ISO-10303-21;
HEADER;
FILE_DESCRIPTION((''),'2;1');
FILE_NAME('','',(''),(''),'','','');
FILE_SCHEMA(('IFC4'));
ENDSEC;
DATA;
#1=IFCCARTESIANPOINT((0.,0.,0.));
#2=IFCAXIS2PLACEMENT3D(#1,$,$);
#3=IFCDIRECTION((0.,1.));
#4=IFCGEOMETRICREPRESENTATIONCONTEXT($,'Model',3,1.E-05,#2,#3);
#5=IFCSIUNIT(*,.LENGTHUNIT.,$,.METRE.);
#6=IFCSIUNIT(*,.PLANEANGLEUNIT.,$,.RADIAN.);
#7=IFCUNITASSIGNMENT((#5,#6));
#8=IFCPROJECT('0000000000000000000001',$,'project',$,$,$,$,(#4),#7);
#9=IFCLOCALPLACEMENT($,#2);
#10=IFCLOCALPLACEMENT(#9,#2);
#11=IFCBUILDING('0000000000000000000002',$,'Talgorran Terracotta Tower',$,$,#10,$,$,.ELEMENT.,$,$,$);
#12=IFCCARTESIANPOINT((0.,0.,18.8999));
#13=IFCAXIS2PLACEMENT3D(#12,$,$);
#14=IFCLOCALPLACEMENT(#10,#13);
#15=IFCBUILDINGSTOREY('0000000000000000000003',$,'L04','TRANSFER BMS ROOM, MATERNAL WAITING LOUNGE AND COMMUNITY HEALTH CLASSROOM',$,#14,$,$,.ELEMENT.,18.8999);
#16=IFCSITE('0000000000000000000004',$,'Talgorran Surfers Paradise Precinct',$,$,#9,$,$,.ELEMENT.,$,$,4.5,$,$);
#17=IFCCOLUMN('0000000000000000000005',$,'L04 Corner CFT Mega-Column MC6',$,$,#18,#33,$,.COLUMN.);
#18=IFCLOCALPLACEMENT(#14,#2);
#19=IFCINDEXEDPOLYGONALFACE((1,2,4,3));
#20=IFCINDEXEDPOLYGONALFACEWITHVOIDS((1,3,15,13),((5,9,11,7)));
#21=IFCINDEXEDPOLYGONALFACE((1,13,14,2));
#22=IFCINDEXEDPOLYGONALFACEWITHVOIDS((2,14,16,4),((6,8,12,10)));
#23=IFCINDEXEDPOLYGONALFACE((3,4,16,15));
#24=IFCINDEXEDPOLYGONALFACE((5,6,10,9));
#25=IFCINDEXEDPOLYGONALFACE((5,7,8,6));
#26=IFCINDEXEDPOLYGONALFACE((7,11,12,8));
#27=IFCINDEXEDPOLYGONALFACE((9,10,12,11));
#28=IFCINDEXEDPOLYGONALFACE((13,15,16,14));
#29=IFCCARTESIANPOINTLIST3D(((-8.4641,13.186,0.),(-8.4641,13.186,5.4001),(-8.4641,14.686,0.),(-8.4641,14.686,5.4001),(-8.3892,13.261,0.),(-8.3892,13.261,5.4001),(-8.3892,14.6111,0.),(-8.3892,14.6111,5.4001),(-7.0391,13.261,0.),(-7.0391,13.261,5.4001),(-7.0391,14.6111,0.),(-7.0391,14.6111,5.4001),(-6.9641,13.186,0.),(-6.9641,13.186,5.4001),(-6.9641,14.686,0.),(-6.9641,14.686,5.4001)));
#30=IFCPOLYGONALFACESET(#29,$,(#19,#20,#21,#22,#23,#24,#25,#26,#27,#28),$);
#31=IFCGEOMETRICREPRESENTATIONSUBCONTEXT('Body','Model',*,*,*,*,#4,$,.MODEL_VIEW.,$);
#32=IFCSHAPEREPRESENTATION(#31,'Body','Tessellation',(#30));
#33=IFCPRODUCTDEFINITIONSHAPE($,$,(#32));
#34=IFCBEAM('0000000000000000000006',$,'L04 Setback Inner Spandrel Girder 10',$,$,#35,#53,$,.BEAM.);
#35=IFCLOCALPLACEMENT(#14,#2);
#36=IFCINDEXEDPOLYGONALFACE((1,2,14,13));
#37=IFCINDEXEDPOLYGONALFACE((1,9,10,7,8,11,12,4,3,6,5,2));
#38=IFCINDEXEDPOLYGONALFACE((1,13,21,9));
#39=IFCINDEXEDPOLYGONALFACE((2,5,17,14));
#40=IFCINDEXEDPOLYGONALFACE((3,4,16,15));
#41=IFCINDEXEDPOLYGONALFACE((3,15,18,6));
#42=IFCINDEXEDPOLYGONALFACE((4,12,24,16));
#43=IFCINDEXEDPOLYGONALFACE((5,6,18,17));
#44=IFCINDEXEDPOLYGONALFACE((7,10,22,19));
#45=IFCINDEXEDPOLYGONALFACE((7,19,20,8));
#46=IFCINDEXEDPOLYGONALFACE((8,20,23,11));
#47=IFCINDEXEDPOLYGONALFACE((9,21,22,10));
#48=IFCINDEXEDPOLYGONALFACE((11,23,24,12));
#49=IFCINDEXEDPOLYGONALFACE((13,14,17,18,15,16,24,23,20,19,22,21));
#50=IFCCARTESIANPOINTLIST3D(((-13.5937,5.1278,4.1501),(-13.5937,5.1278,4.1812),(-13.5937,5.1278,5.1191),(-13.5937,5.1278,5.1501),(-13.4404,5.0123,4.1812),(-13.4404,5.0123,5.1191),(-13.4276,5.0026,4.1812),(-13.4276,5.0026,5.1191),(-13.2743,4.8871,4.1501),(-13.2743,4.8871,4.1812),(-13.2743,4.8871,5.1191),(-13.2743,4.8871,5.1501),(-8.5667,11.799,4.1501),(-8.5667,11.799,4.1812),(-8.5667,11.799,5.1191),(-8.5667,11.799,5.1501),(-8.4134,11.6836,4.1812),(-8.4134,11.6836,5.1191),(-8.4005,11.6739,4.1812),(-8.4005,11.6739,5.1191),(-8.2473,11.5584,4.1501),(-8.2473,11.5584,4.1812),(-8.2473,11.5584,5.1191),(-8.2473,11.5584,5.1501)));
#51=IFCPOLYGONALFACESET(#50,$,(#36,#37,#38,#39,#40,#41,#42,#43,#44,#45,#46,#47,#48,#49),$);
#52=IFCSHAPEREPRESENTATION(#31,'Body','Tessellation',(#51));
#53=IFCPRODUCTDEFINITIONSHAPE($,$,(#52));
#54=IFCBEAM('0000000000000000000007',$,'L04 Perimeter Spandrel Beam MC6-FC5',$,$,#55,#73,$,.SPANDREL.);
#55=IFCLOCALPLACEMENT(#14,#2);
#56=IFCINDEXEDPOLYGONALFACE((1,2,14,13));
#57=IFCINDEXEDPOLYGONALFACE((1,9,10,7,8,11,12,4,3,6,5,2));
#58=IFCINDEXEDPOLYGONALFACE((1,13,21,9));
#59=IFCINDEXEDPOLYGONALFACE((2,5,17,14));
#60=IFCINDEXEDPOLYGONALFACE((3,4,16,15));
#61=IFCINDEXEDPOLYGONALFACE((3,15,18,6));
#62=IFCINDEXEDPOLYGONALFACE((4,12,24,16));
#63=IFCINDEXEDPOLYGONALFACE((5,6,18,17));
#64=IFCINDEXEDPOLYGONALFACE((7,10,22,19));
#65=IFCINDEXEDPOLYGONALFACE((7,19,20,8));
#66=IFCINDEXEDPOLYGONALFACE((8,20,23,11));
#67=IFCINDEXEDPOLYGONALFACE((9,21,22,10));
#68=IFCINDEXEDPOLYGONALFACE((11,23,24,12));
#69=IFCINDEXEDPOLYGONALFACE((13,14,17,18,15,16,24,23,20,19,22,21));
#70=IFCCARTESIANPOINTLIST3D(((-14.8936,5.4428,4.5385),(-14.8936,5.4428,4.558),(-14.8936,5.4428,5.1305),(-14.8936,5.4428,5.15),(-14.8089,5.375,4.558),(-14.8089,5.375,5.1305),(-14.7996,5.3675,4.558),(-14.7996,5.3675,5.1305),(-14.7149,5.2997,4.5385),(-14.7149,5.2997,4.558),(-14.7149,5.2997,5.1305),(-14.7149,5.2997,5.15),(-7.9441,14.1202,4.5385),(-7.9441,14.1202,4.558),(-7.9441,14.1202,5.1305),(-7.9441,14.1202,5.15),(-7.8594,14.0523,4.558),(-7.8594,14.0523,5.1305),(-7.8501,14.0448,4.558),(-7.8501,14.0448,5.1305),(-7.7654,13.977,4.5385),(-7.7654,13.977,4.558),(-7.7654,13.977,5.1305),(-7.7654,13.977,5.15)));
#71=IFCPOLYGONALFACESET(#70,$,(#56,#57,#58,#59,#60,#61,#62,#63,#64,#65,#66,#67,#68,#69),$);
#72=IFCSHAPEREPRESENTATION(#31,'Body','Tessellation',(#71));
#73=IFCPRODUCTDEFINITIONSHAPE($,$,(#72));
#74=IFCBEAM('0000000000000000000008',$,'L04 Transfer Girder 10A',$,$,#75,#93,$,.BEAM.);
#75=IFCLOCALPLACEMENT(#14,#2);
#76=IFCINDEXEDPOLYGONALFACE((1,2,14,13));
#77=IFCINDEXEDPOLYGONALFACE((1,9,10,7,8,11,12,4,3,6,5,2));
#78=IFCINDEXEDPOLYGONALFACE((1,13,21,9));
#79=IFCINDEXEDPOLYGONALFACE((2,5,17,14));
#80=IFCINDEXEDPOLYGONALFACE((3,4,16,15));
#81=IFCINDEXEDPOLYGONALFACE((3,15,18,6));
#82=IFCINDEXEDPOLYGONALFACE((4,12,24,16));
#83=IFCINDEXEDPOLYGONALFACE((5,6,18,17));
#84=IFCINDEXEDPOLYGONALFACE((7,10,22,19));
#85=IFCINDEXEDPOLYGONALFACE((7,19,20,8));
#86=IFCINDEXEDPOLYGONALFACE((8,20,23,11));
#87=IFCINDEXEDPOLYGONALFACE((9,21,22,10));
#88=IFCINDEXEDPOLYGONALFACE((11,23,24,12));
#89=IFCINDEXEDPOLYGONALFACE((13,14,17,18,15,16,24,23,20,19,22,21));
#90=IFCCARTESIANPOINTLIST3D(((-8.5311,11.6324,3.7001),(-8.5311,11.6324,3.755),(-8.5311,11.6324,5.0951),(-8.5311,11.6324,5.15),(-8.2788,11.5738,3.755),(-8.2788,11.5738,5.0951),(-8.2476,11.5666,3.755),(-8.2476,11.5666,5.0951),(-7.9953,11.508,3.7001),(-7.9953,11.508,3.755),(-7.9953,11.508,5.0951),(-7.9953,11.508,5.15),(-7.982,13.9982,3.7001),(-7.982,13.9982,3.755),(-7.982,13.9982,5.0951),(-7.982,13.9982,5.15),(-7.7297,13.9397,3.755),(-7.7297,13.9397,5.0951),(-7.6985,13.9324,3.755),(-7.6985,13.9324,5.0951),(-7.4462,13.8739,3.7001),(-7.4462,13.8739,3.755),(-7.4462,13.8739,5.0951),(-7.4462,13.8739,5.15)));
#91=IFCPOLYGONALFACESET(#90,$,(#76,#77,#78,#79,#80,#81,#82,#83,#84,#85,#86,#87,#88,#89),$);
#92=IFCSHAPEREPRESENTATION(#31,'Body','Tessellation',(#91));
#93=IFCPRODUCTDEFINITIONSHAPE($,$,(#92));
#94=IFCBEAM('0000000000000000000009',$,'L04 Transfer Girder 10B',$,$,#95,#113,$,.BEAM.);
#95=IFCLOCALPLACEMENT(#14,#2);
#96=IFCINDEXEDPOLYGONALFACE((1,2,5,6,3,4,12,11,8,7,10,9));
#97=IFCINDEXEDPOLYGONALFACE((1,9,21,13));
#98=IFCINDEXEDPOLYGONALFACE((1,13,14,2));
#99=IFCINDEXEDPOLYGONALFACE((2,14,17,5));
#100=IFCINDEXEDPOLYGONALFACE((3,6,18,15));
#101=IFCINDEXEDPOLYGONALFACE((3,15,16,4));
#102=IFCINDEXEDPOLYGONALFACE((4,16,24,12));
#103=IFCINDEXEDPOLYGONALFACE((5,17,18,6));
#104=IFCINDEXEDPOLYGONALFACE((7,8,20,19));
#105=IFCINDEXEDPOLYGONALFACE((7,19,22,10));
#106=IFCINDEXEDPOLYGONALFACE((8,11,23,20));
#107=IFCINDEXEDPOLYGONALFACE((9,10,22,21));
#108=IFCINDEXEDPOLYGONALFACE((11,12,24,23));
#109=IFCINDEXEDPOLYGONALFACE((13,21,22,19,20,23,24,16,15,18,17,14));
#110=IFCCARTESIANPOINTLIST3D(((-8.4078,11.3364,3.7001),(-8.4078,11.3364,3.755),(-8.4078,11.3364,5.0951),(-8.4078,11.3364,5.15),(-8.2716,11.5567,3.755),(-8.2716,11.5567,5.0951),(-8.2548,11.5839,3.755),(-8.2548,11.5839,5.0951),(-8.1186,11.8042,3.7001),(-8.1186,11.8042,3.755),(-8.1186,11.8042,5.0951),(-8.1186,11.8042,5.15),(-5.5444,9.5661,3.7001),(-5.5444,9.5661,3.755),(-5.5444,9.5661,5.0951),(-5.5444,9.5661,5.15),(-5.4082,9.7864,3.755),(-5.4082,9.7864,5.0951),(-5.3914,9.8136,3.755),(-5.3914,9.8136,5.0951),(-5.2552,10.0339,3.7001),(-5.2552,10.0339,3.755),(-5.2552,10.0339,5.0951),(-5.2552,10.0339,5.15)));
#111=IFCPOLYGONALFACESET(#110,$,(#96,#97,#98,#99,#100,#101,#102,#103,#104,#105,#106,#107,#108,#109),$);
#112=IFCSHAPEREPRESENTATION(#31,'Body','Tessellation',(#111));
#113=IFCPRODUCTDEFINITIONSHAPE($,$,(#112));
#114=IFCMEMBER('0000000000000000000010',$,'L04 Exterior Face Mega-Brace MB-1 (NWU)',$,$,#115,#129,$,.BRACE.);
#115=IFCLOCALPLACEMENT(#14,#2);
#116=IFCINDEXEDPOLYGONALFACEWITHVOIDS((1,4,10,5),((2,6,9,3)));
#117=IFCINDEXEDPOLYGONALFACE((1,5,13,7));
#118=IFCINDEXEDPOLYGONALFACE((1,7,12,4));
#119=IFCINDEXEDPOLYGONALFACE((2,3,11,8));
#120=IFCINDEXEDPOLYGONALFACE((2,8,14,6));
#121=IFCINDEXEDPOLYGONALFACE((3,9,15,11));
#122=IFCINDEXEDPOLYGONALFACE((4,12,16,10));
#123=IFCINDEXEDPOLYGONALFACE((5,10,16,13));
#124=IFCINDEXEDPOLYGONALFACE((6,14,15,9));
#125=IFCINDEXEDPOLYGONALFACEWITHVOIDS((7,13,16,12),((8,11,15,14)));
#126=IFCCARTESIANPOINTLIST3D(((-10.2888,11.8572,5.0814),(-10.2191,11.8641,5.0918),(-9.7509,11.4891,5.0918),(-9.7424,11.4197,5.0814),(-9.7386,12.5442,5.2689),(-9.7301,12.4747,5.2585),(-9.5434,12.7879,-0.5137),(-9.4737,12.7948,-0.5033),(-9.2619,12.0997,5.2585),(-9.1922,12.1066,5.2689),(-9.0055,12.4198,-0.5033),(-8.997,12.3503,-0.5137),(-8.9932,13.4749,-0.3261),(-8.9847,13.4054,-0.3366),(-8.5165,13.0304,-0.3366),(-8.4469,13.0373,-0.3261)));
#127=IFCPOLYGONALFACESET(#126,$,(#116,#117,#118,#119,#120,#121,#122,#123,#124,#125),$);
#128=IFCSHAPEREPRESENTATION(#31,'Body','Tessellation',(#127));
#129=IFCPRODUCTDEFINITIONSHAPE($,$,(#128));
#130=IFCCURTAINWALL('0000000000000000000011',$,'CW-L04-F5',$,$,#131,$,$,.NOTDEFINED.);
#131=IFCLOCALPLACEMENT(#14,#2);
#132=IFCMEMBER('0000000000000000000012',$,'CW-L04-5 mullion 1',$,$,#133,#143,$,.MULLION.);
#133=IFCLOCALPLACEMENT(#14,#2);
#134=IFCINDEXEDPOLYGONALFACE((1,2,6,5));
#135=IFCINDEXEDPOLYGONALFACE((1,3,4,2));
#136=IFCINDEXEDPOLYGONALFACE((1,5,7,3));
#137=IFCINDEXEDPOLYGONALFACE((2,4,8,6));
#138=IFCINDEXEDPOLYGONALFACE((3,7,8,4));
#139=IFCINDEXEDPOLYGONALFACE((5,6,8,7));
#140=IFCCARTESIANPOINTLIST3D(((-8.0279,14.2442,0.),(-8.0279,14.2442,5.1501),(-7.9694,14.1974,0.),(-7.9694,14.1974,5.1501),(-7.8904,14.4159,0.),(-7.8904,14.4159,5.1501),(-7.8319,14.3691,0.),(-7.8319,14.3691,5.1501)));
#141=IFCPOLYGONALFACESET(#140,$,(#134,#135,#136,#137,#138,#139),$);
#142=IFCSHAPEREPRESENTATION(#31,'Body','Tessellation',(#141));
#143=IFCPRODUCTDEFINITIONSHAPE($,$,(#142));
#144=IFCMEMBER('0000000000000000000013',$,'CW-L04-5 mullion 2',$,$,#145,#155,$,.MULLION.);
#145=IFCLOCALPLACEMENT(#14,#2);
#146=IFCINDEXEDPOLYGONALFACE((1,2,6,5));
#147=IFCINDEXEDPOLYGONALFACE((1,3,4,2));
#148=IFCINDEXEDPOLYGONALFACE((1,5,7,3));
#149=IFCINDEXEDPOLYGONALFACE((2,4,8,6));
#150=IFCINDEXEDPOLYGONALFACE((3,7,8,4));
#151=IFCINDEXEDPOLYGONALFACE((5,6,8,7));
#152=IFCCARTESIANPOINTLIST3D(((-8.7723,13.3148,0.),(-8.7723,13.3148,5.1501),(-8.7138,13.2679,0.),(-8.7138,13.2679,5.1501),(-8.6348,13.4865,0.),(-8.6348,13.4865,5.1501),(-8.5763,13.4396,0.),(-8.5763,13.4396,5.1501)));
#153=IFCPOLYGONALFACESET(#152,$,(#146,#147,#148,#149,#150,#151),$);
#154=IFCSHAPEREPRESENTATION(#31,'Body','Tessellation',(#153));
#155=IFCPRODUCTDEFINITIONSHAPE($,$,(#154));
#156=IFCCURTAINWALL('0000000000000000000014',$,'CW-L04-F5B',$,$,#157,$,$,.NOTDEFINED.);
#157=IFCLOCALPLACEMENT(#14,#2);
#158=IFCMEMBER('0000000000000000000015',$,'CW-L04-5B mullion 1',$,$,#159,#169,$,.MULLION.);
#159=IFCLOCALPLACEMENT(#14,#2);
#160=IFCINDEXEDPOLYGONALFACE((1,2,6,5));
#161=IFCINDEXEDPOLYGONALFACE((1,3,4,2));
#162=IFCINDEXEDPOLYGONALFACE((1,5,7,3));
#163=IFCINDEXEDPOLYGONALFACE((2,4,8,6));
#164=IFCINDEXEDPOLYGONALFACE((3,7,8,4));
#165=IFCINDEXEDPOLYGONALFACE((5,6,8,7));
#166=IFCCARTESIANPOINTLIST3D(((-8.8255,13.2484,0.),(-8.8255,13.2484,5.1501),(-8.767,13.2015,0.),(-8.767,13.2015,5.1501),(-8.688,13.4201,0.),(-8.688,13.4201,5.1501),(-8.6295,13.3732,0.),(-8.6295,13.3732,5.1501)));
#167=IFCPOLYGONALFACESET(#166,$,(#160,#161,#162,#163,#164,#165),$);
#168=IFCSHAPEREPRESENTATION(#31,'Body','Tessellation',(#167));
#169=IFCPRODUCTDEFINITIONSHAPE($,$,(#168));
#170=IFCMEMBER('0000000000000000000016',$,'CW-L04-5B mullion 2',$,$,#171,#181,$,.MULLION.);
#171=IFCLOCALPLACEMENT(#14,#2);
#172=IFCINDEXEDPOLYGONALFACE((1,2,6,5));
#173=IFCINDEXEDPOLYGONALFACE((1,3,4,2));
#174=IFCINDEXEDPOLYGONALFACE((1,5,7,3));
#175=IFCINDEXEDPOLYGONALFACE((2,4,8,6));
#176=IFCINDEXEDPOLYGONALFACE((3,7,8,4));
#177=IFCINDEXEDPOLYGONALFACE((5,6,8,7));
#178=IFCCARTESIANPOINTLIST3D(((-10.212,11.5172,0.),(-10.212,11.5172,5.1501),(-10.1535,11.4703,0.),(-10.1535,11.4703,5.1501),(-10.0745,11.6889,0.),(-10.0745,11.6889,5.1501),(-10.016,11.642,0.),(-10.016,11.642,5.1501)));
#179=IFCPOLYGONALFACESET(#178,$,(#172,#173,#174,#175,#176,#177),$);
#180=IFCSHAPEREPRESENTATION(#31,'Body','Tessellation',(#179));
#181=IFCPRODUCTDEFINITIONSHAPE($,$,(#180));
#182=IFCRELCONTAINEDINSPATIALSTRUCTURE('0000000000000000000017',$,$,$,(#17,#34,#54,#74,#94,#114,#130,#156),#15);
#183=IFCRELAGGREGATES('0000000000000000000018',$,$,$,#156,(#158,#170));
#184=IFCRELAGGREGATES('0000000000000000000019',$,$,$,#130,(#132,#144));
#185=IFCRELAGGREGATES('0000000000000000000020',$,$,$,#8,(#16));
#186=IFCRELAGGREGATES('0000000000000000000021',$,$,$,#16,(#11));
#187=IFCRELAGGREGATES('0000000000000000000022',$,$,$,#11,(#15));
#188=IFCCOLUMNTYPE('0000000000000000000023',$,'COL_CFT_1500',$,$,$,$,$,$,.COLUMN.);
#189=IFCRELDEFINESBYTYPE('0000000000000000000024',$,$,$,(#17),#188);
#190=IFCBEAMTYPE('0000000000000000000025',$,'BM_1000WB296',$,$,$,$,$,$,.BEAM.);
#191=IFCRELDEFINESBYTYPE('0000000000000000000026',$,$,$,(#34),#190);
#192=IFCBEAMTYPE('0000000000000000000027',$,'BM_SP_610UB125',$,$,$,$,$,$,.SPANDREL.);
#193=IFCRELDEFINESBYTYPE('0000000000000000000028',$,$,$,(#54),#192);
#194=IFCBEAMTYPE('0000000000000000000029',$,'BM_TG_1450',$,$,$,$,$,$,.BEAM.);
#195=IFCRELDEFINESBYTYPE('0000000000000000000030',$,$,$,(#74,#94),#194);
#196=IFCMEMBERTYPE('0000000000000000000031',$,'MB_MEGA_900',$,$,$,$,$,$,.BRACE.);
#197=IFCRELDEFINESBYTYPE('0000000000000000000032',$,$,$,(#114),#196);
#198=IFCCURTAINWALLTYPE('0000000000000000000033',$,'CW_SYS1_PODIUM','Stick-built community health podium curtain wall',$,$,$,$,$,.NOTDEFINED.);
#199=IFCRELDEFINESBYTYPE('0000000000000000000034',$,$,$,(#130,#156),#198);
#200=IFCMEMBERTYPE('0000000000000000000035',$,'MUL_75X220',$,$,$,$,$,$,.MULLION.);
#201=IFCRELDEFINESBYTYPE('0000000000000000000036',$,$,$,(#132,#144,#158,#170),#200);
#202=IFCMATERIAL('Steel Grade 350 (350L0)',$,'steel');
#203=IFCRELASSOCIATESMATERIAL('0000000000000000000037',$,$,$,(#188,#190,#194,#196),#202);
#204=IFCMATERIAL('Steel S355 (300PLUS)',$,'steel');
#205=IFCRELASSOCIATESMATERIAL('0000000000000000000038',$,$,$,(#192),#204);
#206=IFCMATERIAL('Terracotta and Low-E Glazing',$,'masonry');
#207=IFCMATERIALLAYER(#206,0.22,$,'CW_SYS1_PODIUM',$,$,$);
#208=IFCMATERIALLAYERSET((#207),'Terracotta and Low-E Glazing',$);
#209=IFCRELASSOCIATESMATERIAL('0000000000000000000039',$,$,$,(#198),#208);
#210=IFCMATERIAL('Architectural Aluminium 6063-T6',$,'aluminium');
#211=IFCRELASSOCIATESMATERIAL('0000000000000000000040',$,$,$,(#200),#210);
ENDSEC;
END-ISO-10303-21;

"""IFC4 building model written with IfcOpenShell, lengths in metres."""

from ifc_helpers import new_model, si_unit, direction, frame, origin, origin_2d, place, context, subcontext, project, spatial, rectangle, hollow_rectangle, i_section, extrude, material, layer, layer_set, material_profile, profile_set, type_object, element, aggregate, save


model = new_model("IFC4")

# Units and contexts
model_context = context("Model", 3, precision=1e-05, world=origin(), true_north=direction((0.0, 1.0)))
body_context = subcontext(model_context, "Body", "Model", "MODEL_VIEW")
ifc_project = project(units=[si_unit("LENGTHUNIT", "METRE"), si_unit("PLANEANGLEUNIT", "RADIAN")], contexts=[model_context])

# Site, building, storey
site_placement = place(None, origin())
site = spatial("IfcSite", under=ifc_project, at=site_placement, Name="Talgorran Surfers Paradise Precinct", CompositionType="ELEMENT", RefElevation=4.5)
building_placement = place(site_placement, origin())
building = spatial("IfcBuilding", under=site, at=building_placement, Name="Talgorran Terracotta Tower", CompositionType="ELEMENT")
storey_placement = place(building_placement, frame((0.0, 0.0, 18.8999)))
storey = spatial("IfcBuildingStorey", under=building, at=storey_placement, Name="L04", Description="TRANSFER BMS ROOM, MATERNAL WAITING LOUNGE AND COMMUNITY HEALTH CLASSROOM", CompositionType="ELEMENT", Elevation=18.8999)

# Column
ifc_material_1 = material(Name="Steel Grade 350 (350L0)", Category="steel")
ifc_material_profile_1 = material_profile(ifc_material_1, hollow_rectangle(XDim=1.5, YDim=1.5, WallThickness=0.075, at=origin_2d()), Name="CFT1500X1500X75")
ifc_profile_set_1 = profile_set([ifc_material_profile_1], Name="Steel Grade 350 (350L0)")
column_type = type_object("IfcColumnType", Name="COL_CFT_1500", PredefinedType="COLUMN", material=ifc_profile_set_1)
column_placement = place(storey_placement, frame((-7.7141, 13.936, 0.0), z_axis=(0.0, 0.0, 1.0), x_axis=(1.0, 0.0, 0.0)))
element("IfcColumn", 1, at=column_placement, inside=storey, type_object=column_type, Name="L04 Corner CFT Mega-Column MC6", PredefinedType="COLUMN", context=body_context, shape_type="SweptSolid", body=[
    extrude(hollow_rectangle(XDim=1.5, YDim=1.5, WallThickness=0.075, at=origin_2d()), origin(), (0.0, 0.0, 1.0), 5.4001),
])

# Beams
ifc_material_profile_2 = material_profile(ifc_material_1, i_section(OverallWidth=0.3999, OverallDepth=1.0, WebThickness=0.0161, FlangeThickness=0.031, at=origin_2d()), Name="1000WB296")
ifc_profile_set_2 = profile_set([ifc_material_profile_2], Name="Steel Grade 350 (350L0)")
beam_type_1 = type_object("IfcBeamType", Name="BM_1000WB296", PredefinedType="BEAM", material=ifc_profile_set_2)
beam_1_placement = place(storey_placement, frame((-8.407, 11.6787, 4.6501), z_axis=(-0.601804, -0.798644, 0.0), x_axis=(0.798644, -0.601804, 0.0)))
element("IfcBeam", 2, at=beam_1_placement, inside=storey, type_object=beam_type_1, Name="L04 Setback Inner Spandrel Girder 10", PredefinedType="BEAM", context=body_context, shape_type="SweptSolid", body=[
    extrude(i_section(OverallWidth=0.3999, OverallDepth=1.0, WebThickness=0.0161, FlangeThickness=0.031, at=origin_2d()), origin(), (0.0, 0.0, 1.0), 8.3533),
])
ifc_material_2 = material(Name="Steel S355 (300PLUS)", Category="steel")
ifc_material_profile_3 = material_profile(ifc_material_2, i_section(OverallWidth=0.229, OverallDepth=0.6116, WebThickness=0.012, FlangeThickness=0.0195, at=origin_2d()), Name="610UB125")
ifc_profile_set_3 = profile_set([ifc_material_profile_3], Name="Steel S355 (300PLUS)")
beam_type_2 = type_object("IfcBeamType", Name="BM_SP_610UB125", PredefinedType="SPANDREL", material=ifc_profile_set_3)
beam_2_placement = place(storey_placement, frame((-7.8547, 14.0486, 4.8442), z_axis=(-0.625115, -0.780532, 0.0), x_axis=(0.780532, -0.625115, 0.0)))
element("IfcBeam", 3, at=beam_2_placement, inside=storey, type_object=beam_type_2, Name="L04 Perimeter Spandrel Beam MC6-FC5", PredefinedType="SPANDREL", context=body_context, shape_type="SweptSolid", body=[
    extrude(i_section(OverallWidth=0.229, OverallDepth=0.6116, WebThickness=0.012, FlangeThickness=0.0195, at=origin_2d()), origin(), (0.0, 0.0, 1.0), 11.1172),
])
ifc_material_profile_4 = material_profile(ifc_material_1, i_section(OverallWidth=0.55, OverallDepth=1.45, WebThickness=0.032, FlangeThickness=0.0549, at=origin_2d()), Name="TG1450X550")
ifc_profile_set_4 = profile_set([ifc_material_profile_4], Name="Steel Grade 350 (350L0)")
beam_type_3 = type_object("IfcBeamType", Name="BM_TG_1450", PredefinedType="BEAM", material=ifc_profile_set_4)
beam_3_placement = place(storey_placement, frame((-7.7141, 13.936, 4.425), z_axis=(-0.226085, -0.974107, 0.0), x_axis=(0.974107, -0.226085, 0.0)))
element("IfcBeam", 4, at=beam_3_placement, inside=storey, type_object=beam_type_3, Name="L04 Transfer Girder 10A", PredefinedType="BEAM", context=body_context, shape_type="SweptSolid", body=[
    extrude(i_section(OverallWidth=0.55, OverallDepth=1.45, WebThickness=0.032, FlangeThickness=0.0549, at=origin_2d()), origin(), (0.0, 0.0, 1.0), 2.4287),
])
beam_4_placement = place(storey_placement, frame((-8.2632, 11.5703, 4.425), z_axis=(0.850563, -0.525873, 0.0), x_axis=(0.525873, 0.850563, 0.0)))
element("IfcBeam", 5, at=beam_4_placement, inside=storey, type_object=beam_type_3, Name="L04 Transfer Girder 10B", PredefinedType="BEAM", context=body_context, shape_type="SweptSolid", body=[
    extrude(i_section(OverallWidth=0.55, OverallDepth=1.45, WebThickness=0.032, FlangeThickness=0.0549, at=origin_2d()), origin(), (0.0, 0.0, 1.0), 3.3665),
])

# Member
ifc_material_profile_5 = material_profile(ifc_material_1, hollow_rectangle(XDim=0.7, YDim=0.8999, WallThickness=0.05, at=origin_2d()), Name="WBOX900X700X50")
ifc_profile_set_5 = profile_set([ifc_material_profile_5], Name="Steel Grade 350 (350L0)")
member_type_1 = type_object("IfcMemberType", Name="MB_MEGA_900", PredefinedType="BRACE", material=ifc_profile_set_5)
member_1_placement = place(storey_placement, frame((-8.9951, 12.9126, -0.4199), z_axis=(-0.130294, -0.162686, 0.978037), x_axis=(0.780529, -0.625119, 0.0)))
element("IfcMember", 6, at=member_1_placement, inside=storey, type_object=member_type_1, Name="L04 Exterior Face Mega-Brace MB-1 (NWU)", PredefinedType="BRACE", context=body_context, shape_type="SweptSolid", body=[
    extrude(hollow_rectangle(XDim=0.7, YDim=0.8999, WallThickness=0.05, at=origin_2d()), origin(), (0.0, 0.0, 1.0), 5.7207),
])

# Curtain walls, members
ifc_material_3 = material(Name="Terracotta and Low-E Glazing", Category="masonry")
ifc_layer_1 = layer(ifc_material_3, 0.22, Name="CW_SYS1_PODIUM")
ifc_layer_set_1 = layer_set([ifc_layer_1], Name="Terracotta and Low-E Glazing")
curtain_wall_type = type_object("IfcCurtainWallType", Name="CW_SYS1_PODIUM", Description="Stick-built community health podium curtain wall", PredefinedType="NOTDEFINED", material=ifc_layer_set_1)
curtain_wall_1_placement = place(storey_placement, origin())
curtain_wall_1 = element("IfcCurtainWall", 7, at=curtain_wall_1_placement, inside=storey, type_object=curtain_wall_type, Name="CW-L04-F5", PredefinedType="NOTDEFINED")
ifc_material_4 = material(Name="Architectural Aluminium 6063-T6", Category="aluminium")
ifc_material_profile_6 = material_profile(ifc_material_4, rectangle(XDim=0.075, YDim=0.22, at=origin_2d()), Name="CWM75X220")
ifc_profile_set_6 = profile_set([ifc_material_profile_6], Name="Architectural Aluminium 6063-T6")
member_type_2 = type_object("IfcMemberType", Name="MUL_75X220", PredefinedType="MULLION", material=ifc_profile_set_6)
member_2_placement = place(storey_placement, frame((-7.9299, 14.3066, 0.0), z_axis=(0.0, 0.0, 1.0), x_axis=(0.780514, -0.625138, 0.0)))
member_2 = element("IfcMember", 8, at=member_2_placement, type_object=member_type_2, Name="CW-L04-5 mullion 1", PredefinedType="MULLION", context=body_context, shape_type="SweptSolid", body=[
    extrude(rectangle(XDim=0.075, YDim=0.22, at=origin_2d()), origin(), (0.0, 0.0, 1.0), 5.1501),
])
member_3_placement = place(storey_placement, frame((-8.6743, 13.3772, 0.0), z_axis=(0.0, 0.0, 1.0), x_axis=(0.780514, -0.625138, 0.0)))
member_3 = element("IfcMember", 9, at=member_3_placement, type_object=member_type_2, Name="CW-L04-5 mullion 2", PredefinedType="MULLION", context=body_context, shape_type="SweptSolid", body=[
    extrude(rectangle(XDim=0.075, YDim=0.22, at=origin_2d()), origin(), (0.0, 0.0, 1.0), 5.1501),
])
curtain_wall_2_placement = place(storey_placement, origin())
curtain_wall_2 = element("IfcCurtainWall", 10, at=curtain_wall_2_placement, inside=storey, type_object=curtain_wall_type, Name="CW-L04-F5B", PredefinedType="NOTDEFINED")
member_4_placement = place(storey_placement, frame((-8.7275, 13.3108, 0.0), z_axis=(0.0, 0.0, 1.0), x_axis=(0.780537, -0.62511, 0.0)))
member_4 = element("IfcMember", 11, at=member_4_placement, type_object=member_type_2, Name="CW-L04-5B mullion 1", PredefinedType="MULLION", context=body_context, shape_type="SweptSolid", body=[
    extrude(rectangle(XDim=0.075, YDim=0.22, at=origin_2d()), origin(), (0.0, 0.0, 1.0), 5.1501),
])
member_5_placement = place(storey_placement, frame((-10.114, 11.5796, 0.0), z_axis=(0.0, 0.0, 1.0), x_axis=(0.780537, -0.62511, 0.0)))
member_5 = element("IfcMember", 12, at=member_5_placement, type_object=member_type_2, Name="CW-L04-5B mullion 2", PredefinedType="MULLION", context=body_context, shape_type="SweptSolid", body=[
    extrude(rectangle(XDim=0.075, YDim=0.22, at=origin_2d()), origin(), (0.0, 0.0, 1.0), 5.1501),
])

aggregate(curtain_wall_2, [member_4, member_5])
aggregate(curtain_wall_1, [member_2, member_3])

save(model, "model.ifc")
